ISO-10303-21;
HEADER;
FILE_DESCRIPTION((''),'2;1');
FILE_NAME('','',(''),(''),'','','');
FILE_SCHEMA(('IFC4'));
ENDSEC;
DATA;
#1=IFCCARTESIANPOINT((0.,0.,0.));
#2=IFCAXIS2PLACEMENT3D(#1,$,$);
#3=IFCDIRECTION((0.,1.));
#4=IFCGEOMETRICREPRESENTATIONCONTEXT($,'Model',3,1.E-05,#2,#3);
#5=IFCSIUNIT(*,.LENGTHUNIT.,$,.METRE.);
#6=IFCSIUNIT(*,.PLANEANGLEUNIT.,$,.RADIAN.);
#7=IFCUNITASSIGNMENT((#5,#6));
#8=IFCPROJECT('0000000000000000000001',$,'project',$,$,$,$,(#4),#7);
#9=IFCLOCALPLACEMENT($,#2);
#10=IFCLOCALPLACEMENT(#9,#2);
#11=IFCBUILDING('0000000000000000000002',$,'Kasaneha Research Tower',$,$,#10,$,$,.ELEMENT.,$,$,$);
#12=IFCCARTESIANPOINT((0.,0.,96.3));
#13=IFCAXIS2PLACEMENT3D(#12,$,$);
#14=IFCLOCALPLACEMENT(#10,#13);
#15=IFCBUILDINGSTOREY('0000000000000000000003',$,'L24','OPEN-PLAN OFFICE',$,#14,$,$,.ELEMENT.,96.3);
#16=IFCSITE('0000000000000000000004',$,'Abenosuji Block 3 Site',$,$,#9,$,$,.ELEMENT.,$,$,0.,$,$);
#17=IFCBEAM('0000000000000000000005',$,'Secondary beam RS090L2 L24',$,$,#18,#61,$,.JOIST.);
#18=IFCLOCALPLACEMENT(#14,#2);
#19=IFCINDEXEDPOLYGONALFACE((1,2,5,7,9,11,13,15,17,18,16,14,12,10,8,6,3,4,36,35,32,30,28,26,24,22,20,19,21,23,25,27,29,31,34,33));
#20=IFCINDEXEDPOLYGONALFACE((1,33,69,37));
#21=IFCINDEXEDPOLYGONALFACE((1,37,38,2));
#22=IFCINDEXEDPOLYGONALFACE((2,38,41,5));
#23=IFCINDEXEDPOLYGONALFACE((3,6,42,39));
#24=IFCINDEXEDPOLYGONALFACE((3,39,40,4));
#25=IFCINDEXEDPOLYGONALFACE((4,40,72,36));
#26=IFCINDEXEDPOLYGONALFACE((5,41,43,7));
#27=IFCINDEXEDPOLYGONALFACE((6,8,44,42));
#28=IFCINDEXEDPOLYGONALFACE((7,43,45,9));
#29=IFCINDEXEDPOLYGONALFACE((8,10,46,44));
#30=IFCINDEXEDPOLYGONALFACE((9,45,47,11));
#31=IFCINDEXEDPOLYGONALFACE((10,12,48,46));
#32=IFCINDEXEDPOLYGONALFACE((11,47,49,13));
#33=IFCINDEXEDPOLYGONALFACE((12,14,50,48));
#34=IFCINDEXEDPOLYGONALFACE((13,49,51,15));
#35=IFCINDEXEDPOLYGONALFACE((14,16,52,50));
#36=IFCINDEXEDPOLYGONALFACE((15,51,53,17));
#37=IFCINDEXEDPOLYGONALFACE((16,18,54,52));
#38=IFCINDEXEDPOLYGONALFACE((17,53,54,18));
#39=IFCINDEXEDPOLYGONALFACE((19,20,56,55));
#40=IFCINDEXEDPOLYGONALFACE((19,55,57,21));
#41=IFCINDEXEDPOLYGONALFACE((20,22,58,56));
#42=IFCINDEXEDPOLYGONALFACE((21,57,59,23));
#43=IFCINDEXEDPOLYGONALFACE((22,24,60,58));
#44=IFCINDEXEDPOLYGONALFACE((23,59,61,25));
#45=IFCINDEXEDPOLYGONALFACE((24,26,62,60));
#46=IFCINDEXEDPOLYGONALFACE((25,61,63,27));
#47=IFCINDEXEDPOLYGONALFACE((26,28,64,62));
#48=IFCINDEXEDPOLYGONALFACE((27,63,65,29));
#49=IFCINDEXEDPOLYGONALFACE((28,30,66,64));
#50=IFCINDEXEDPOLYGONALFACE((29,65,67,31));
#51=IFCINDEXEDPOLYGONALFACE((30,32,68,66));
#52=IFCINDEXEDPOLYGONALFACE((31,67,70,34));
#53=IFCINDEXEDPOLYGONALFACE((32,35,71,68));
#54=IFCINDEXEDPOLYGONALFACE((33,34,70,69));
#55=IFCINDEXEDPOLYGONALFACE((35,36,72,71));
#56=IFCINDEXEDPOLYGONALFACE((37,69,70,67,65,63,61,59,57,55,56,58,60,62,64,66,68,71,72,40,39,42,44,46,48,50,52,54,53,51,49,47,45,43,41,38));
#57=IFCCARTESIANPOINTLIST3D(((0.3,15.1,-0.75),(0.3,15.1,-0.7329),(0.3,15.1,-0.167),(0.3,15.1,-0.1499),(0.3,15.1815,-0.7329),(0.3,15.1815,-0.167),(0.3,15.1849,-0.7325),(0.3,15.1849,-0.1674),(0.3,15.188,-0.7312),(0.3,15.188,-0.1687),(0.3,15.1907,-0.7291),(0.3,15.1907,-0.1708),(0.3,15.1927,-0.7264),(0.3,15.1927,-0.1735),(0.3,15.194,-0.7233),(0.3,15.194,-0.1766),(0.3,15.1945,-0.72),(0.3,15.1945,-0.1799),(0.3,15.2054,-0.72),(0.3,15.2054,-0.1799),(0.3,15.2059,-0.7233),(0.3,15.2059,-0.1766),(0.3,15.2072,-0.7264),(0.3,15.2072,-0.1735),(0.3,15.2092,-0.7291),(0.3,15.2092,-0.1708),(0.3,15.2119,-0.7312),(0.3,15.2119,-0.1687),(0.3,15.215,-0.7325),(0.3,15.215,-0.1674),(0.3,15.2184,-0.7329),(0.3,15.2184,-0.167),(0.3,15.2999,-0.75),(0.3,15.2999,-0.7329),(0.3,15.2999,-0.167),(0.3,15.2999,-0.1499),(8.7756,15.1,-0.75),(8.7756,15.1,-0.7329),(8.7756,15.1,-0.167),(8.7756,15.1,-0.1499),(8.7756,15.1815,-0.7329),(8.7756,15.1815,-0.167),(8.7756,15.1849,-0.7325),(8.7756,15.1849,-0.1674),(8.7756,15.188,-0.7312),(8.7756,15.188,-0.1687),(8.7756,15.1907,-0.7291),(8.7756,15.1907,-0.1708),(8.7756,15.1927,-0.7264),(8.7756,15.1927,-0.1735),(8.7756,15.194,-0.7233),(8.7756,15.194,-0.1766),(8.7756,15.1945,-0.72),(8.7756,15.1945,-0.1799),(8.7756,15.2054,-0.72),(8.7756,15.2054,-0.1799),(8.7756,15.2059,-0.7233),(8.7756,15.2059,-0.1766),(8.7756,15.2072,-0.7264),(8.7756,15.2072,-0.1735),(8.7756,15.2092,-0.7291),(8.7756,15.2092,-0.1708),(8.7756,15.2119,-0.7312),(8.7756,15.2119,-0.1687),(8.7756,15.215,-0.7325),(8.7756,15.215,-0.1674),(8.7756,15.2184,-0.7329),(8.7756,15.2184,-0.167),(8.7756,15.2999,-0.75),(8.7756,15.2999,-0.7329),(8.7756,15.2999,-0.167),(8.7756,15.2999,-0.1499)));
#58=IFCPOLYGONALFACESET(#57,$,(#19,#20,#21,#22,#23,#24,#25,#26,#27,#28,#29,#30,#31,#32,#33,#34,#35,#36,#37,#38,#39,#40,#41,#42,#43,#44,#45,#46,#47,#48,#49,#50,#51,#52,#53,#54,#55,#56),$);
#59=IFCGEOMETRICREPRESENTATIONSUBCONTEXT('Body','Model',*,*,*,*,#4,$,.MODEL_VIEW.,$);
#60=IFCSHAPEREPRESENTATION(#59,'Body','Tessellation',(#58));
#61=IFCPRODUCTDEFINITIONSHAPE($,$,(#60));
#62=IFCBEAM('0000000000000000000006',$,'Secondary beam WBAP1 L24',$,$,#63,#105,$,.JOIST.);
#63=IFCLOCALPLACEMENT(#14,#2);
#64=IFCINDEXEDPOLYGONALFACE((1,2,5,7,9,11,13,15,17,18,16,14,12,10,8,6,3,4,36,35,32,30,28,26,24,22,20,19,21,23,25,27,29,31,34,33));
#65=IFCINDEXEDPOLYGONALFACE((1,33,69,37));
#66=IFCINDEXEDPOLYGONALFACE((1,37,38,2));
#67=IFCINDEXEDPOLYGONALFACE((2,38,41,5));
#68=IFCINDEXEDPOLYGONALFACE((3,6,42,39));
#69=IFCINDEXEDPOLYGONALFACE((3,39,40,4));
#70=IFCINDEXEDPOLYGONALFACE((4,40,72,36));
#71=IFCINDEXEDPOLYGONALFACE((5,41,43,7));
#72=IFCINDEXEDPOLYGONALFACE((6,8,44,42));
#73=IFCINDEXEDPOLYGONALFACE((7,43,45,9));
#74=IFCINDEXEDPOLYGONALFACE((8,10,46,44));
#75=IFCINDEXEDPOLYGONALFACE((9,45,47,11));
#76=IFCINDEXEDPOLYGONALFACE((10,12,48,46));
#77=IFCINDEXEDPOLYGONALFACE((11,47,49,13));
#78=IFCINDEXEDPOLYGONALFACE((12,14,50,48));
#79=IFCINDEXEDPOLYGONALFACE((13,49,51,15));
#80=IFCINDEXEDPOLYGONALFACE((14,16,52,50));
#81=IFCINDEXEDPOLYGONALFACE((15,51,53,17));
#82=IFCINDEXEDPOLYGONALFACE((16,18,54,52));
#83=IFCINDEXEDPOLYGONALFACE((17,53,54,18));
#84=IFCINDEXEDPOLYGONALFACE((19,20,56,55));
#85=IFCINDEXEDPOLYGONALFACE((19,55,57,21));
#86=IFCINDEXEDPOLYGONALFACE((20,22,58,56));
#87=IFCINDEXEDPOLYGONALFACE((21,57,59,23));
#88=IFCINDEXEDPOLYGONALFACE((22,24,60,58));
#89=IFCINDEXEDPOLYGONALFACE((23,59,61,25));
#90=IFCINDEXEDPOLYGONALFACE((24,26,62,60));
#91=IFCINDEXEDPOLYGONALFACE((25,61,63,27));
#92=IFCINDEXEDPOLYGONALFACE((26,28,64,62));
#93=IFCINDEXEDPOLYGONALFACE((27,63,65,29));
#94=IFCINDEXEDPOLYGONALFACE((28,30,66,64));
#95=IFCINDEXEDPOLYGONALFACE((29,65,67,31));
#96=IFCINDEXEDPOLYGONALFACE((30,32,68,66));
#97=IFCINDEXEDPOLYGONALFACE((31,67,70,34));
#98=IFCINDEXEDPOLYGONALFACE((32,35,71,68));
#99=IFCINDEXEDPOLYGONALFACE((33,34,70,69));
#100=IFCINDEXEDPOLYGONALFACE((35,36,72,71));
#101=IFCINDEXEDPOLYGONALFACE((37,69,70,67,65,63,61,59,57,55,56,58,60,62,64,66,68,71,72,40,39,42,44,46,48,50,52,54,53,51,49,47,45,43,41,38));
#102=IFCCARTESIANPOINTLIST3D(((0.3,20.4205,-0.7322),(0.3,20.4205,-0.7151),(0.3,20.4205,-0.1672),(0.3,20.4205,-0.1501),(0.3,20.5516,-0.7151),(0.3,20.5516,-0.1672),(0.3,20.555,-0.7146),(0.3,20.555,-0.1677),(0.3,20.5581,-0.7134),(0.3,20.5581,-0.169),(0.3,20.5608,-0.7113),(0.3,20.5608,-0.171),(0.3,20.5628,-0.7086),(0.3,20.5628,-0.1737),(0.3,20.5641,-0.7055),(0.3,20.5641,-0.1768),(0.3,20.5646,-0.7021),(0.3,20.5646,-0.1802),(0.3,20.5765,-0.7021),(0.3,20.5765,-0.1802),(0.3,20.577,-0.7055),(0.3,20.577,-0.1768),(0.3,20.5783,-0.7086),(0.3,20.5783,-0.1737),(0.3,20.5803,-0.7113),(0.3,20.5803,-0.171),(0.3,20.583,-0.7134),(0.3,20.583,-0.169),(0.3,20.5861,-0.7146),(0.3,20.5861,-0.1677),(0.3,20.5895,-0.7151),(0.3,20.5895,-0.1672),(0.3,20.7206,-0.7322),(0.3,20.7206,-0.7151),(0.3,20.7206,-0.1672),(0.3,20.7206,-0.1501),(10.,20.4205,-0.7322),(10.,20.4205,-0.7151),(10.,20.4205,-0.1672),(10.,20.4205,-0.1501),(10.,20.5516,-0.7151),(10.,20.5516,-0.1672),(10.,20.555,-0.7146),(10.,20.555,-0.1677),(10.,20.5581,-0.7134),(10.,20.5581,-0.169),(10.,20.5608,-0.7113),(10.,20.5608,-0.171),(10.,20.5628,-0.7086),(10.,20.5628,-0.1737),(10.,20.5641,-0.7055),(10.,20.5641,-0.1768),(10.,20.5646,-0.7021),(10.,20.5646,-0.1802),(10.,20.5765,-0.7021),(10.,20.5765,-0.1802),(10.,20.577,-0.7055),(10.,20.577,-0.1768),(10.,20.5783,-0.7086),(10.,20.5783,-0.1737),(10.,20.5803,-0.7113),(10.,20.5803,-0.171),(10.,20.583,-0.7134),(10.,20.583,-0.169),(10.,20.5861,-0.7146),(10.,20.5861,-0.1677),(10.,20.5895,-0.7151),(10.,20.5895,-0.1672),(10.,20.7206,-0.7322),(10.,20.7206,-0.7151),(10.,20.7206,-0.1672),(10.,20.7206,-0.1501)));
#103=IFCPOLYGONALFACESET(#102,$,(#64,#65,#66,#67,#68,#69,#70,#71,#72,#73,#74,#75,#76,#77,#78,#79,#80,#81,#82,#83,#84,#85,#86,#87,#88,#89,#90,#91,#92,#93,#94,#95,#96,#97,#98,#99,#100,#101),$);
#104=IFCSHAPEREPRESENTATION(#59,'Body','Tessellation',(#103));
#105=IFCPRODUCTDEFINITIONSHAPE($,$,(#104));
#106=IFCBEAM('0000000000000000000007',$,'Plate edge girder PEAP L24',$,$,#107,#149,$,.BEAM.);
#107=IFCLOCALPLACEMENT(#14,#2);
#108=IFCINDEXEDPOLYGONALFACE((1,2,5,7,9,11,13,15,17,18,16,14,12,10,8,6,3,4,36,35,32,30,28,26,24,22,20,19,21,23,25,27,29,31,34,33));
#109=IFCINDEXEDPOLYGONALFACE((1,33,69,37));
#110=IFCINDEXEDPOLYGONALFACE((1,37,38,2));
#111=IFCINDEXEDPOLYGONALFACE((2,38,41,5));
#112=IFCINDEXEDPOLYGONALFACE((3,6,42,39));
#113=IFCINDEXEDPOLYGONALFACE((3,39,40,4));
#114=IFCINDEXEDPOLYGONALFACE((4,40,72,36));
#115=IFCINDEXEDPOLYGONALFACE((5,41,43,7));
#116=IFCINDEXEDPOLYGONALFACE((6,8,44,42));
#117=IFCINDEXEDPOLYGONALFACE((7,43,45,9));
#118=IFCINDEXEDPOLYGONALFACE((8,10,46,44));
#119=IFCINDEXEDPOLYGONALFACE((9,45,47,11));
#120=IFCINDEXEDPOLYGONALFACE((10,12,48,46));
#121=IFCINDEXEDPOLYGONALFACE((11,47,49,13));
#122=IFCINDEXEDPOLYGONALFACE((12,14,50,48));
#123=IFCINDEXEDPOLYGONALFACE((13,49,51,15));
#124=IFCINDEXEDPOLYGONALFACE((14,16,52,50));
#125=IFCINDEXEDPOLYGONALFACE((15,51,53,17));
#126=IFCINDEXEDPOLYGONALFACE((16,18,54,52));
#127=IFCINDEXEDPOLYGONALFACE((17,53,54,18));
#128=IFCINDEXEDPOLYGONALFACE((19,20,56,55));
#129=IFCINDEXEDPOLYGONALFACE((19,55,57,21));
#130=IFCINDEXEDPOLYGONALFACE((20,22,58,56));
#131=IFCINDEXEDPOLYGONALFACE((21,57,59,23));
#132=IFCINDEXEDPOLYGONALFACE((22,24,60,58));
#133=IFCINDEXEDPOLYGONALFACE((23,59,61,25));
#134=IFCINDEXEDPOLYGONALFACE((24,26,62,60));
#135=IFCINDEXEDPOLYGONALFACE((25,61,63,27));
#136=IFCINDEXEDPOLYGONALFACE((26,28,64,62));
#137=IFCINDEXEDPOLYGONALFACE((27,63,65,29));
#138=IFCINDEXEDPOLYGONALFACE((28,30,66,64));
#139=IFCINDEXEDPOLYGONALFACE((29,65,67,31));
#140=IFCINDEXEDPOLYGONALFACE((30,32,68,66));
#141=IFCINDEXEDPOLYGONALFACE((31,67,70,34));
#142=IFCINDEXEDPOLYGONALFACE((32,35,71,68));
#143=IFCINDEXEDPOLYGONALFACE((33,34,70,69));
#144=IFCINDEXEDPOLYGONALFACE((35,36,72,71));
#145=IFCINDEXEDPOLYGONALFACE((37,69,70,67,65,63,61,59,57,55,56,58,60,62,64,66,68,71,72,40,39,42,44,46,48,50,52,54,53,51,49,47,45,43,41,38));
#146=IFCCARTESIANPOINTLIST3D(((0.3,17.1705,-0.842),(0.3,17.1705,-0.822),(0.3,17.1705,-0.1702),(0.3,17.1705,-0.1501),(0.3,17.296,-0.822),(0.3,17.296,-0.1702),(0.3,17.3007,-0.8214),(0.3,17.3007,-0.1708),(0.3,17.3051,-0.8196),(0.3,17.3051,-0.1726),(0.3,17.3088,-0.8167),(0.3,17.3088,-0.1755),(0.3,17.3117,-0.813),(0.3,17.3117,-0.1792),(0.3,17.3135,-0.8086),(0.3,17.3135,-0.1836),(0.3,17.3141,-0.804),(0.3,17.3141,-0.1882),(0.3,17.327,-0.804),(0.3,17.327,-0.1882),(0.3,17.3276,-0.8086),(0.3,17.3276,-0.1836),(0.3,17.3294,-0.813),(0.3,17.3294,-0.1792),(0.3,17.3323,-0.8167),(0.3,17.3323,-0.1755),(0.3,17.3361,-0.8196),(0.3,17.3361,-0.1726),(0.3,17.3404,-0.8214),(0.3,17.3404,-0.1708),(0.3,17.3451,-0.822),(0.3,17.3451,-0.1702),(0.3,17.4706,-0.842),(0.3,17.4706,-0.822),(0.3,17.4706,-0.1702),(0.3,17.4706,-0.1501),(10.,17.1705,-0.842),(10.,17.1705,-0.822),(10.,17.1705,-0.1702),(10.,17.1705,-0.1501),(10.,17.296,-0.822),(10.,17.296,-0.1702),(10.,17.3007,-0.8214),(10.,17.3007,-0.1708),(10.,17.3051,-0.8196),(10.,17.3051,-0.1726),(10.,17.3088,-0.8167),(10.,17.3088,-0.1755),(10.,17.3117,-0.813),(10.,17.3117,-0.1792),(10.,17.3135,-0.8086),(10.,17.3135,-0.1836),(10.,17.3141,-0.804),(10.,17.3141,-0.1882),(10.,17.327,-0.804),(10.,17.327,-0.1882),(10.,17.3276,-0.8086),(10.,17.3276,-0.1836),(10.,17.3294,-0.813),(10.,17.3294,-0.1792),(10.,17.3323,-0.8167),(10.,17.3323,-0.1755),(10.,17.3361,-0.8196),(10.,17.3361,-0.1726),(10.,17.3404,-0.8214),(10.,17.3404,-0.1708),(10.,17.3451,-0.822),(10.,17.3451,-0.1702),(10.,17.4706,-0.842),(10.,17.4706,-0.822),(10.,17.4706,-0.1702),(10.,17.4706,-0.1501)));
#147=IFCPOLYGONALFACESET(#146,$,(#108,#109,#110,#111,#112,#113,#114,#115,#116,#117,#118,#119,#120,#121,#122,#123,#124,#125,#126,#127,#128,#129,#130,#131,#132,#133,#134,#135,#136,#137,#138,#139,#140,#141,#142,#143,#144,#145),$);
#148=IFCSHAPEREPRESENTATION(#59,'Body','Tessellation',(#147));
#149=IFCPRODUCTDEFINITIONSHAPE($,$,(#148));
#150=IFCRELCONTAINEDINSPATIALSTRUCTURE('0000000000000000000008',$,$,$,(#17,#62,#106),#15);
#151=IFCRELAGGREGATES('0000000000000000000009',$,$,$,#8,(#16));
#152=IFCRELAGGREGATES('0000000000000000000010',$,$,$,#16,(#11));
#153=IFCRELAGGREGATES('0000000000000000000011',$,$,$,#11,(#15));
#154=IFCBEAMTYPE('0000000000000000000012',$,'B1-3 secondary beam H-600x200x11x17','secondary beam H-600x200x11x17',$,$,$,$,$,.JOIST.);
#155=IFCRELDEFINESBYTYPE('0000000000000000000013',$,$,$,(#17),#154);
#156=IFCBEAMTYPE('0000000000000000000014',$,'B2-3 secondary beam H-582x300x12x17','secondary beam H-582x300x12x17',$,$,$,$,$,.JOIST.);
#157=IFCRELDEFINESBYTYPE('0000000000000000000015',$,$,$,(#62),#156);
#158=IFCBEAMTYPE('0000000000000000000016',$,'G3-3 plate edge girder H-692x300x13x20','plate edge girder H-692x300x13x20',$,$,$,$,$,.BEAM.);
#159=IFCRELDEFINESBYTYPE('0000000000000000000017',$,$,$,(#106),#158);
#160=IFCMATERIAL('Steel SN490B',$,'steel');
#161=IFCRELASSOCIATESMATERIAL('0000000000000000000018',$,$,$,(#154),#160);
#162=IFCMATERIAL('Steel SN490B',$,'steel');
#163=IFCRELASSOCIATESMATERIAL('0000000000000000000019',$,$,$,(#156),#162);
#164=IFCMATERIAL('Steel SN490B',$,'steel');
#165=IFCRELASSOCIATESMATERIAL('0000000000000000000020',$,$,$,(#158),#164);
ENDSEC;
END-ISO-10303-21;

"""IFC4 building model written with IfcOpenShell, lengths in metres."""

from ifc_helpers import new_model, si_unit, direction, frame, origin, origin_2d, place, context, subcontext, project, spatial, i_section, extrude, material, material_profile, profile_set, type_object, element, save


model = new_model("IFC4")

# Units and contexts
model_context = context("Model", 3, precision=1e-05, world=origin(), true_north=direction((0.0, 1.0)))
body_context = subcontext(model_context, "Body", "Model", "MODEL_VIEW")
ifc_project = project(units=[si_unit("LENGTHUNIT", "METRE"), si_unit("PLANEANGLEUNIT", "RADIAN")], contexts=[model_context])

# Site, building, storey
site_placement = place(None, origin())
site = spatial("IfcSite", under=ifc_project, at=site_placement, Name="Abenosuji Block 3 Site", CompositionType="ELEMENT", RefElevation=0.0)
building_placement = place(site_placement, origin())
building = spatial("IfcBuilding", under=site, at=building_placement, Name="Kasaneha Research Tower", CompositionType="ELEMENT")
storey_placement = place(building_placement, frame((0.0, 0.0, 96.3)))
storey = spatial("IfcBuildingStorey", under=building, at=storey_placement, Name="L24", Description="OPEN-PLAN OFFICE", CompositionType="ELEMENT", Elevation=96.3)

# Beams
ifc_material_1 = material(Name="Steel SN490B", Category="steel")
ifc_material_profile_1 = material_profile(ifc_material_1, i_section(OverallWidth=0.2, OverallDepth=0.6001, WebThickness=0.011, FlangeThickness=0.0171, FilletRadius=0.0129, at=origin_2d()), Name="H-600x200x11x17")
ifc_profile_set_1 = profile_set([ifc_material_profile_1], Name="Steel SN490B")
beam_type_1 = type_object("IfcBeamType", Name="B1-3 secondary beam H-600x200x11x17", Description="secondary beam H-600x200x11x17", PredefinedType="JOIST", material=ifc_profile_set_1)
beam_1_placement = place(storey_placement, frame((8.7756, 15.2, -0.45), z_axis=(-1.0, 0.0, 0.0), x_axis=(0.0, -1.0, 0.0)))
element("IfcBeam", 1, at=beam_1_placement, inside=storey, type_object=beam_type_1, Name="Secondary beam RS090L2 L24", PredefinedType="JOIST", context=body_context, shape_type="SweptSolid", body=[
    extrude(i_section(OverallWidth=0.2, OverallDepth=0.6001, WebThickness=0.011, FlangeThickness=0.0171, FilletRadius=0.0129, at=origin_2d()), origin(), (0.0, 0.0, 1.0), 8.4756),
])
ifc_material_2 = material(Name="Steel SN490B", Category="steel")
ifc_material_profile_2 = material_profile(ifc_material_2, i_section(OverallWidth=0.3, OverallDepth=0.582, WebThickness=0.012, FlangeThickness=0.0171, FilletRadius=0.0129, at=origin_2d()), Name="H-582x300x12x17")
ifc_profile_set_2 = profile_set([ifc_material_profile_2], Name="Steel SN490B")
beam_type_2 = type_object("IfcBeamType", Name="B2-3 secondary beam H-582x300x12x17", Description="secondary beam H-582x300x12x17", PredefinedType="JOIST", material=ifc_profile_set_2)
beam_2_placement = place(storey_placement, frame((10.0, 20.5706, -0.4412), z_axis=(-1.0, 0.0, 0.0), x_axis=(0.0, -1.0, 0.0)))
element("IfcBeam", 2, at=beam_2_placement, inside=storey, type_object=beam_type_2, Name="Secondary beam WBAP1 L24", PredefinedType="JOIST", context=body_context, shape_type="SweptSolid", body=[
    extrude(i_section(OverallWidth=0.3, OverallDepth=0.582, WebThickness=0.012, FlangeThickness=0.0171, FilletRadius=0.0129, at=origin_2d()), origin(), (0.0, 0.0, 1.0), 9.7),
])
ifc_material_3 = material(Name="Steel SN490B", Category="steel")
ifc_material_profile_3 = material_profile(ifc_material_3, i_section(OverallWidth=0.3, OverallDepth=0.6919, WebThickness=0.0129, FlangeThickness=0.02, FilletRadius=0.0181, at=origin_2d()), Name="H-692x300x13x20")
ifc_profile_set_3 = profile_set([ifc_material_profile_3], Name="Steel SN490B")
beam_type_3 = type_object("IfcBeamType", Name="G3-3 plate edge girder H-692x300x13x20", Description="plate edge girder H-692x300x13x20", PredefinedType="BEAM", material=ifc_profile_set_3)
beam_3_placement = place(storey_placement, frame((10.0, 17.3206, -0.4961), z_axis=(-1.0, 0.0, 0.0), x_axis=(0.0, -1.0, 0.0)))
element("IfcBeam", 3, at=beam_3_placement, inside=storey, type_object=beam_type_3, Name="Plate edge girder PEAP L24", PredefinedType="BEAM", context=body_context, shape_type="SweptSolid", body=[
    extrude(i_section(OverallWidth=0.3, OverallDepth=0.6919, WebThickness=0.0129, FlangeThickness=0.02, FilletRadius=0.0181, at=origin_2d()), origin(), (0.0, 0.0, 1.0), 9.7),
])

save(model, "model.ifc")
